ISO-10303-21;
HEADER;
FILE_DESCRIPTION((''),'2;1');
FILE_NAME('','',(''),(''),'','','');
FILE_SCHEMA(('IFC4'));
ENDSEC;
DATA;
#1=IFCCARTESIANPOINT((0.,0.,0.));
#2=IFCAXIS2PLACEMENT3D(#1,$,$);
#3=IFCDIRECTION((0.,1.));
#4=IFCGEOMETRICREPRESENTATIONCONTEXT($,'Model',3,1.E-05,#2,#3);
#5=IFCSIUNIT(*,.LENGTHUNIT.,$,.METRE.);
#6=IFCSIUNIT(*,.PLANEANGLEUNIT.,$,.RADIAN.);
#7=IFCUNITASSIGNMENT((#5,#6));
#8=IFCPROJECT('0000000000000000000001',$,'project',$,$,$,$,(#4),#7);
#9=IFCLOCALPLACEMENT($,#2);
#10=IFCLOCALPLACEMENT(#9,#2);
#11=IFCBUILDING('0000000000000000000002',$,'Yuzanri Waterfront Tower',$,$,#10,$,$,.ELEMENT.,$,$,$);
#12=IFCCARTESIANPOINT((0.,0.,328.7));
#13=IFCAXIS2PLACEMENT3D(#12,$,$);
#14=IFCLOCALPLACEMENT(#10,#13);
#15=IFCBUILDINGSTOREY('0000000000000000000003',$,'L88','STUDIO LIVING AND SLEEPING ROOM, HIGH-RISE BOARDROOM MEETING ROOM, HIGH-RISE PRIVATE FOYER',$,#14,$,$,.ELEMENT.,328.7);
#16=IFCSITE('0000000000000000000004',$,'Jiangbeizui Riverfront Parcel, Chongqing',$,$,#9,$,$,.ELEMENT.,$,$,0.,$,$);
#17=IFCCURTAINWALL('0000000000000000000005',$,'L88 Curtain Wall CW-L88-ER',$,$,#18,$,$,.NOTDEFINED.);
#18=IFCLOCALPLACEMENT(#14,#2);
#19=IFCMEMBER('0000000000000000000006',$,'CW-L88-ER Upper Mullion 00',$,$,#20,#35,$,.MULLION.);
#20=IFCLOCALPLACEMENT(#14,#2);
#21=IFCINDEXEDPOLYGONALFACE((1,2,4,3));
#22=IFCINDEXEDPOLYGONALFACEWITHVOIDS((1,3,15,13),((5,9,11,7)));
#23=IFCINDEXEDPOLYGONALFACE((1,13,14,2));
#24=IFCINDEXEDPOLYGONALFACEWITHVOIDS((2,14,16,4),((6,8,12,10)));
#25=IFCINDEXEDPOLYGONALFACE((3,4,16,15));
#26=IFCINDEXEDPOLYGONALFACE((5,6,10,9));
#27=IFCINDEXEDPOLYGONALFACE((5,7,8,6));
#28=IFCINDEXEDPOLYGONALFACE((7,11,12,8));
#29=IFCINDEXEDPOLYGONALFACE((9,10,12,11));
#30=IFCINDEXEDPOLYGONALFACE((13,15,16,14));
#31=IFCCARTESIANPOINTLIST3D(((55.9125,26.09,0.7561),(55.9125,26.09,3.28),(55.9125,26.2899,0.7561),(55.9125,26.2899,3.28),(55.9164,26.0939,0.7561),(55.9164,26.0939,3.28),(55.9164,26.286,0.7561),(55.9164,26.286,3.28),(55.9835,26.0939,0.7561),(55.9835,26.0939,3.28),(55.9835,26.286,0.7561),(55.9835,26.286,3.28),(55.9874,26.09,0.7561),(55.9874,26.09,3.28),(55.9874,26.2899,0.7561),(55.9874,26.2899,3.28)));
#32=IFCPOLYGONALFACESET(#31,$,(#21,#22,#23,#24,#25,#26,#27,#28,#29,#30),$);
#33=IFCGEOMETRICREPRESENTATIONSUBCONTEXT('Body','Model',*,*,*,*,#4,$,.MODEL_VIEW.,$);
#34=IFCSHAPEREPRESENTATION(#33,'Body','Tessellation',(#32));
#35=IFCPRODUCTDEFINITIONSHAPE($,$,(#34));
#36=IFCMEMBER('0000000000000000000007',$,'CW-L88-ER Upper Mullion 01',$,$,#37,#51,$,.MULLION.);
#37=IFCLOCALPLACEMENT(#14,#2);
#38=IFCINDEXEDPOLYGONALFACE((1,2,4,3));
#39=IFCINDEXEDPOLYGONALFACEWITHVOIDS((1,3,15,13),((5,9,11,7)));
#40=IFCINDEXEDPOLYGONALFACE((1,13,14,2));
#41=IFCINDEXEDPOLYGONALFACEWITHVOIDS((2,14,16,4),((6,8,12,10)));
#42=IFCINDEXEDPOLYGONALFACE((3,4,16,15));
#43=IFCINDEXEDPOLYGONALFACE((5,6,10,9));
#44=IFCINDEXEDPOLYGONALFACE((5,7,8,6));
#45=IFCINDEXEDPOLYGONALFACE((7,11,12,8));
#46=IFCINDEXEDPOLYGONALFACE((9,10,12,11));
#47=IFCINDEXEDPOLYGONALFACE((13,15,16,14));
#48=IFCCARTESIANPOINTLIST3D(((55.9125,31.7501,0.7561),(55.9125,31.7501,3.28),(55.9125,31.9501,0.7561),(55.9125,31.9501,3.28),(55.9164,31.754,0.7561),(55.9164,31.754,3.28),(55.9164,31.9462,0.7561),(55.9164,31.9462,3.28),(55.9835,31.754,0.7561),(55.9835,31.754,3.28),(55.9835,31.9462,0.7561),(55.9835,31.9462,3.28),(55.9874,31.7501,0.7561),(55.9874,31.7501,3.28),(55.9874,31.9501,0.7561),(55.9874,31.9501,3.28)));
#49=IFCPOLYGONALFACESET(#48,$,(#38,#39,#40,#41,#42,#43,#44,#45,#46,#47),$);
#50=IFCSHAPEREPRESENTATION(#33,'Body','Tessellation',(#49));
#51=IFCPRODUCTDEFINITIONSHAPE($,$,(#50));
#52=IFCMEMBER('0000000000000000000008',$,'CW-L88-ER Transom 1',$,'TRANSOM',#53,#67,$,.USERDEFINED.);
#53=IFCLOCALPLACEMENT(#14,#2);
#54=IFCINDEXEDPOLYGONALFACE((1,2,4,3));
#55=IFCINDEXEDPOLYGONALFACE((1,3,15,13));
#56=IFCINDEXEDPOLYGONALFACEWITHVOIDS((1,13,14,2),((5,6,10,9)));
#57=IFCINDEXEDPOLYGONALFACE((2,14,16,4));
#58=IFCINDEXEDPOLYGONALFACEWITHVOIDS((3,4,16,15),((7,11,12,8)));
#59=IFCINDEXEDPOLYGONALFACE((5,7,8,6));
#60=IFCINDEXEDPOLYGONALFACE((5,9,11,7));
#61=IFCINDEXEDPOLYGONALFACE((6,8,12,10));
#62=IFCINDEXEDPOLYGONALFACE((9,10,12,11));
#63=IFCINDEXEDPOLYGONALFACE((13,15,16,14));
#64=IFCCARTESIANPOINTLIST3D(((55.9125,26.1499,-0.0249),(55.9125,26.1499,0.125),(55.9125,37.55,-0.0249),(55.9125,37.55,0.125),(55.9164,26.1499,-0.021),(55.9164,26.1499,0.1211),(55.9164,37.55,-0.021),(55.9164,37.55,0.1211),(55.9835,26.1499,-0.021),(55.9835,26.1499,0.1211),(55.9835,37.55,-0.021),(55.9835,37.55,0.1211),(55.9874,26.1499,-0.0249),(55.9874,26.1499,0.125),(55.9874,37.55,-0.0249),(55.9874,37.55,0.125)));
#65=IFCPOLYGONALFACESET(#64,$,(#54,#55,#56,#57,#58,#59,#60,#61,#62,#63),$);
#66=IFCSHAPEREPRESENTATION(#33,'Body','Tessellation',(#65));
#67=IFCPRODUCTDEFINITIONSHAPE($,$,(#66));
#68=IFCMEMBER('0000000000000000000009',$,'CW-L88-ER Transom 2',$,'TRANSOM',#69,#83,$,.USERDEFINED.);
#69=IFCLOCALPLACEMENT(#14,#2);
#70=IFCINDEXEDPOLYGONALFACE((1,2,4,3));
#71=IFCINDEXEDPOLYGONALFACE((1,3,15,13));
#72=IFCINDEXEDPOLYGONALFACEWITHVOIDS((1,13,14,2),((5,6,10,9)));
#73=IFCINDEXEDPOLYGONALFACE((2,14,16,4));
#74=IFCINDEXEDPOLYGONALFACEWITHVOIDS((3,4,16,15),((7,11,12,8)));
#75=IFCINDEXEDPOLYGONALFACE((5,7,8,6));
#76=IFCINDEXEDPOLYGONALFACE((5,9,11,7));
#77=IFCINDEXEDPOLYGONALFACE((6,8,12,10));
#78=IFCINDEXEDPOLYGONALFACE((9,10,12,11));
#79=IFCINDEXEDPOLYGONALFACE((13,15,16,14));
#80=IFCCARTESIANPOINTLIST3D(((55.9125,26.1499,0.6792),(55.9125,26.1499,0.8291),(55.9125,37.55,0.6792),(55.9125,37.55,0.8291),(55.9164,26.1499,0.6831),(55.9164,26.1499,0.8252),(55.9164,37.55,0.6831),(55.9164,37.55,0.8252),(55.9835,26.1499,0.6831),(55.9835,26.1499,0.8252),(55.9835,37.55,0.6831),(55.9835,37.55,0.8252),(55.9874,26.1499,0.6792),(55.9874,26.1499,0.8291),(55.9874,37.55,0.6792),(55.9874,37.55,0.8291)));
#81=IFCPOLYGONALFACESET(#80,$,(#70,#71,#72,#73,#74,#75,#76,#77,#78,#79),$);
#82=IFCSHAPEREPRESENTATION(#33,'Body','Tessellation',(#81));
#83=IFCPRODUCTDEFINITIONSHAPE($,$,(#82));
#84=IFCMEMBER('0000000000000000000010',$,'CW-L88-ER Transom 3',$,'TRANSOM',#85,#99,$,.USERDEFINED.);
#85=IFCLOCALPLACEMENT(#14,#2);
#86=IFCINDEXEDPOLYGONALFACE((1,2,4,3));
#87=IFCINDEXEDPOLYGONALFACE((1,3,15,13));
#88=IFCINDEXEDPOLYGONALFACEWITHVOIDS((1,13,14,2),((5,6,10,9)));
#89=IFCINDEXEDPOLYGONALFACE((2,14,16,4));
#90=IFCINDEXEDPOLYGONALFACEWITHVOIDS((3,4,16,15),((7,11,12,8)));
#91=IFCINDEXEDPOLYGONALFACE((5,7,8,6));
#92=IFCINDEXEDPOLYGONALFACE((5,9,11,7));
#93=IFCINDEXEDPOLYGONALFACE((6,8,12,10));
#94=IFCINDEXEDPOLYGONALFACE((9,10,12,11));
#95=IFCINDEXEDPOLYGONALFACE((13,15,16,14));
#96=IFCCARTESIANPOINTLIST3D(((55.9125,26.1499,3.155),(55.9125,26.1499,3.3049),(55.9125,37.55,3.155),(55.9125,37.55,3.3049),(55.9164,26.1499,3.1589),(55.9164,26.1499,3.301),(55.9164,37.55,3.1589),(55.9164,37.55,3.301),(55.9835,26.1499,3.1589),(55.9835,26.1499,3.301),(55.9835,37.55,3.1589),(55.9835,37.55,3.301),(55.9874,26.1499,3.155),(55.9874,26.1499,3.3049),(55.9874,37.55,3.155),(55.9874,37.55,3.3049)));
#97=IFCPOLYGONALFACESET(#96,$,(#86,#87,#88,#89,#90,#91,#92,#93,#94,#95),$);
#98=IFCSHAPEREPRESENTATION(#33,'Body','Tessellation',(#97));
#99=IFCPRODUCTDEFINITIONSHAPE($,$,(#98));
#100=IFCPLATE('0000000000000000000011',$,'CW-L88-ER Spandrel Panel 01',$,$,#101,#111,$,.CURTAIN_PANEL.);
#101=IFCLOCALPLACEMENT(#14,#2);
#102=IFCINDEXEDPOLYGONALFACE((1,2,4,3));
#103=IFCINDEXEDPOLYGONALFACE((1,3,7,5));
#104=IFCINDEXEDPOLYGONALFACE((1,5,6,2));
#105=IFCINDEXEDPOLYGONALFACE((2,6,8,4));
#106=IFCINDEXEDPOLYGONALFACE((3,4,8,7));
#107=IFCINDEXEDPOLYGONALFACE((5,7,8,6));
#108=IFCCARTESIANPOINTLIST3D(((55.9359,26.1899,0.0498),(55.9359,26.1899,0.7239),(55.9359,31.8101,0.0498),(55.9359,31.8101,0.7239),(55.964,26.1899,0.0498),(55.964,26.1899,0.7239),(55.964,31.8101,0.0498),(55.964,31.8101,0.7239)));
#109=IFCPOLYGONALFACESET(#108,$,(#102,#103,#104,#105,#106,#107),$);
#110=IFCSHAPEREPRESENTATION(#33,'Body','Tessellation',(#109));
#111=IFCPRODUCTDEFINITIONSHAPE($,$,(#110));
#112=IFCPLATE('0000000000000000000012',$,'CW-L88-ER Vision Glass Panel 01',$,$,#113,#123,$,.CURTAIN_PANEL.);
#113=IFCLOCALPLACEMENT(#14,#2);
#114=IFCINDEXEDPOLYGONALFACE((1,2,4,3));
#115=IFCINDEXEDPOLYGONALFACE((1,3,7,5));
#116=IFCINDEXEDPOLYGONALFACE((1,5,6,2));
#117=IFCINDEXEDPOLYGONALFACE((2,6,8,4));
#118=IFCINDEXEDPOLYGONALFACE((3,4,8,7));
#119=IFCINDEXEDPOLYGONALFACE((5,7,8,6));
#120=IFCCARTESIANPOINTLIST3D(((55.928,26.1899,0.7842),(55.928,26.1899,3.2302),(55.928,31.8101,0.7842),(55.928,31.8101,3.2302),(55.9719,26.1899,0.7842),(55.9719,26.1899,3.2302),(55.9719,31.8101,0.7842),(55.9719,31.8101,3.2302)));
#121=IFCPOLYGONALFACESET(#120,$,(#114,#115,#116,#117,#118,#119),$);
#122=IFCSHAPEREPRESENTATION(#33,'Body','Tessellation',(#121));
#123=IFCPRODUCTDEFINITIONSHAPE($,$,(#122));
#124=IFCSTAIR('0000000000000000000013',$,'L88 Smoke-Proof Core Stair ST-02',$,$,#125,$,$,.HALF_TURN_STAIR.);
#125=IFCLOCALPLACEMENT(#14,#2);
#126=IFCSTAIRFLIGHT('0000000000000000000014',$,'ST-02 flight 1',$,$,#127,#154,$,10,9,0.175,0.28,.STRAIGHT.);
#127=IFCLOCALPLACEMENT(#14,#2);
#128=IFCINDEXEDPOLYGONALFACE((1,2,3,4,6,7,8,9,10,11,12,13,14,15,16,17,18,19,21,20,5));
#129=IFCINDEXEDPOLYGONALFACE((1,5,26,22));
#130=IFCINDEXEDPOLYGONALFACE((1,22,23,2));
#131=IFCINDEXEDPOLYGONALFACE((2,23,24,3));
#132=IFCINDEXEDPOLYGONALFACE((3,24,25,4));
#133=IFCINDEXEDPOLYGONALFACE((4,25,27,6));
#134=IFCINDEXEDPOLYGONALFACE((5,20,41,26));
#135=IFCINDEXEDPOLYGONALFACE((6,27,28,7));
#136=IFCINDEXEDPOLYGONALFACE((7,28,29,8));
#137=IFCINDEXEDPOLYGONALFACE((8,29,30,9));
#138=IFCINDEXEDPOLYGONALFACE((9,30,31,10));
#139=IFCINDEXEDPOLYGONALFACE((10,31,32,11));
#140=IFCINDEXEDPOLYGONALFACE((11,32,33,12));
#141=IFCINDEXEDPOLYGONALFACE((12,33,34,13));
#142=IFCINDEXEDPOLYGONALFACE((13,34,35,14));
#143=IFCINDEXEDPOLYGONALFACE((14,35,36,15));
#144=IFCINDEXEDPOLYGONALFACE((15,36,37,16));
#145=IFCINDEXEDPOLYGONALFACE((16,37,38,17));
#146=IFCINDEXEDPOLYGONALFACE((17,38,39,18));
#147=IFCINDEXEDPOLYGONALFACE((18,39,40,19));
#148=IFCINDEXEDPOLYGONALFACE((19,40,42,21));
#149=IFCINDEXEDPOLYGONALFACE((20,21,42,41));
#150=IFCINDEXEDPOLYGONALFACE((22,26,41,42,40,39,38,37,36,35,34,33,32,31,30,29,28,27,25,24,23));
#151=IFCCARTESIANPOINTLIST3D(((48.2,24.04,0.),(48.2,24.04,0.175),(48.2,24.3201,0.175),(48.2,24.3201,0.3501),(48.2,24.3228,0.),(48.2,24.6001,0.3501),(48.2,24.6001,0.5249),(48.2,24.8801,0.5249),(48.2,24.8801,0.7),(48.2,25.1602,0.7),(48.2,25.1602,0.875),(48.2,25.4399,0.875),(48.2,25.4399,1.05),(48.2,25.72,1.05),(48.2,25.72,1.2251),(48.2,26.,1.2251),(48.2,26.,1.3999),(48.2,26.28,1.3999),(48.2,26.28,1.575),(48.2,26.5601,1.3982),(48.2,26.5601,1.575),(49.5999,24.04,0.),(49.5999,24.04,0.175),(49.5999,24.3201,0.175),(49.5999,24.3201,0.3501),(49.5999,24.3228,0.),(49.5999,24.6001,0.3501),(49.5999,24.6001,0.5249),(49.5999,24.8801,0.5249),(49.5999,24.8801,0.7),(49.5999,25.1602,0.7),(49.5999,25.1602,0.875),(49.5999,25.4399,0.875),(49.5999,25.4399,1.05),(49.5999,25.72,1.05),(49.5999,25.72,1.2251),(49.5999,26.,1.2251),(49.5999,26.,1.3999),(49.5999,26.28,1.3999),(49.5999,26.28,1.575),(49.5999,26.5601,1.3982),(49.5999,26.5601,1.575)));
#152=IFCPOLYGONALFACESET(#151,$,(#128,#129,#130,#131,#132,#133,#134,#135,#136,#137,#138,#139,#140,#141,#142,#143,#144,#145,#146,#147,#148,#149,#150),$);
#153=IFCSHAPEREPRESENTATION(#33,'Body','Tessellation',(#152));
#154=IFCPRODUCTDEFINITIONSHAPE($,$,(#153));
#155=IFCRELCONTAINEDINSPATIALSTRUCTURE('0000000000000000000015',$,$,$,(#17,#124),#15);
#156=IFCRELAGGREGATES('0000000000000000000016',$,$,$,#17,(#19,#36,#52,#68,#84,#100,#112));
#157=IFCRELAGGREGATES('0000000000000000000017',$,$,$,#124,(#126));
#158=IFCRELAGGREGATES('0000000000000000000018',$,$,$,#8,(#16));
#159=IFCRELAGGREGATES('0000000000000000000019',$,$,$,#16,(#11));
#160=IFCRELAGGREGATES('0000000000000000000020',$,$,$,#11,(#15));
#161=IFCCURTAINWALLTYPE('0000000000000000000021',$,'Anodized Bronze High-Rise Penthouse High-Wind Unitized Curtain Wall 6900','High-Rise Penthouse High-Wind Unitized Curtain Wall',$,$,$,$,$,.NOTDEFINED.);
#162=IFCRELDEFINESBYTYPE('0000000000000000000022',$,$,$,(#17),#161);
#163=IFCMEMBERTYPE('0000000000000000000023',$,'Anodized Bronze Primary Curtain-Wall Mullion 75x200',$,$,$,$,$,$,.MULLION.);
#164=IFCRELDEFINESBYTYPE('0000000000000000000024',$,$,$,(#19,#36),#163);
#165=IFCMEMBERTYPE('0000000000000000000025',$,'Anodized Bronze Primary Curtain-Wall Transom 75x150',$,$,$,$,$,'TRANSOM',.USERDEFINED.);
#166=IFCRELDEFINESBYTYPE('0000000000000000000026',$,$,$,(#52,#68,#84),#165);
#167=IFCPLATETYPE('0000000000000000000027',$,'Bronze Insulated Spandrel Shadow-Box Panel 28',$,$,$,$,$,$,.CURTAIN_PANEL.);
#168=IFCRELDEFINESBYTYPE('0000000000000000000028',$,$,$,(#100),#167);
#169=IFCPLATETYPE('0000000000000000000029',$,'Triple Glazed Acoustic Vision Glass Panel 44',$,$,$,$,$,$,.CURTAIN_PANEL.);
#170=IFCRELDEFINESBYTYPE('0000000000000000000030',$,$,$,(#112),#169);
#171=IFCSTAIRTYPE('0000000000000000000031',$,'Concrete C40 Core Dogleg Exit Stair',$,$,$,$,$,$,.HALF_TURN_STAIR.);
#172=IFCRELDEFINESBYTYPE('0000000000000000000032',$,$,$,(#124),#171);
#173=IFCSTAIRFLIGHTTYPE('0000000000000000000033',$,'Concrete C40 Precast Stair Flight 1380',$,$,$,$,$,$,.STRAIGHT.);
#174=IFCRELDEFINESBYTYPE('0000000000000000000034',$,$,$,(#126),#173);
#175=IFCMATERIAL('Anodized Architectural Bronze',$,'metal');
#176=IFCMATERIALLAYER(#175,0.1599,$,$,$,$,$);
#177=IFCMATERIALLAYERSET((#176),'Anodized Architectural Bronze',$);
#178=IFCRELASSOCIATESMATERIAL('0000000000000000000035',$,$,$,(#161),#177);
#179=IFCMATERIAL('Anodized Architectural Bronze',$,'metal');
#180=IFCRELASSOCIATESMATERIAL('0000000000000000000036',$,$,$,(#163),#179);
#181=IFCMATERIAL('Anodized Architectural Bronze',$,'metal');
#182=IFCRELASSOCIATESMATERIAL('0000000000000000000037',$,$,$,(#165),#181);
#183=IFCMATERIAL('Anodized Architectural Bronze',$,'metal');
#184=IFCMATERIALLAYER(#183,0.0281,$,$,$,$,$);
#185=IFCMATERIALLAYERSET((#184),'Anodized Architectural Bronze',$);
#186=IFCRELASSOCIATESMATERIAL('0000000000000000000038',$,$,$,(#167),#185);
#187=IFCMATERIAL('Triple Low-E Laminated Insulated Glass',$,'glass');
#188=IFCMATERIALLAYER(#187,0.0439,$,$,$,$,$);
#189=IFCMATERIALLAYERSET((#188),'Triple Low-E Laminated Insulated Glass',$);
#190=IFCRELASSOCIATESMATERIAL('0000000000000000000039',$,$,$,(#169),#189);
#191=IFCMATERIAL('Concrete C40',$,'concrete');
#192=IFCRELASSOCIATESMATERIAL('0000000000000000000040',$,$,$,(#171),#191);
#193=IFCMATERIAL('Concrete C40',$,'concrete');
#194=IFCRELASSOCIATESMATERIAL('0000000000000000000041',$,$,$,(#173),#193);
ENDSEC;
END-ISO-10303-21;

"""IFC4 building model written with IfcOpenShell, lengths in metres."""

from ifc_helpers import new_model, si_unit, direction, frame, origin, origin_2d, place, context, subcontext, project, spatial, polyline, rectangle, hollow_rectangle, outline, extrude, source, transform, mapped, material, layer, layer_set, material_profile, profile_set, type_object, element, aggregate, save


model = new_model("IFC4")

# Units and contexts
model_context = context("Model", 3, precision=1e-05, world=origin(), true_north=direction((0.0, 1.0)))
body_context = subcontext(model_context, "Body", "Model", "MODEL_VIEW")
ifc_project = project(units=[si_unit("LENGTHUNIT", "METRE"), si_unit("PLANEANGLEUNIT", "RADIAN")], contexts=[model_context])

# Site, building, storey
site_placement = place(None, origin())
site = spatial("IfcSite", under=ifc_project, at=site_placement, Name="Jiangbeizui Riverfront Parcel, Chongqing", CompositionType="ELEMENT", RefElevation=0.0)
building_placement = place(site_placement, origin())
building = spatial("IfcBuilding", under=site, at=building_placement, Name="Yuzanri Waterfront Tower", CompositionType="ELEMENT")
storey_placement = place(building_placement, frame((0.0, 0.0, 328.7)))
storey = spatial("IfcBuildingStorey", under=building, at=storey_placement, Name="L88", Description="STUDIO LIVING AND SLEEPING ROOM, HIGH-RISE BOARDROOM MEETING ROOM, HIGH-RISE PRIVATE FOYER", CompositionType="ELEMENT", Elevation=328.7)

# Shared definitions
ifc_material_1 = material(Name="Anodized Architectural Bronze", Category="metal")
ifc_layer_1 = layer(ifc_material_1, 0.1599)
ifc_layer_set_1 = layer_set([ifc_layer_1], Name="Anodized Architectural Bronze")
curtain_wall_type = type_object("IfcCurtainWallType", Name="Anodized Bronze High-Rise Penthouse High-Wind Unitized Curtain Wall 6900", Description="High-Rise Penthouse High-Wind Unitized Curtain Wall", PredefinedType="NOTDEFINED", material=ifc_layer_set_1)
ifc_material_2 = material(Name="Anodized Architectural Bronze", Category="metal")
ifc_material_profile_1 = material_profile(ifc_material_2, hollow_rectangle(XDim=0.075, YDim=0.2, WallThickness=0.0039, at=origin_2d()), Name="CWM 75x200")
ifc_profile_set_1 = profile_set([ifc_material_profile_1], Name="Anodized Architectural Bronze")
member_type_1 = type_object("IfcMemberType", Name="Anodized Bronze Primary Curtain-Wall Mullion 75x200", PredefinedType="MULLION", material=ifc_profile_set_1)

# Curtain wall
curtain_wall_1_placement = place(storey_placement, origin())
curtain_wall_1 = element("IfcCurtainWall", 1, at=curtain_wall_1_placement, inside=storey, type_object=curtain_wall_type, Name="L88 Curtain Wall CW-L88-ER", PredefinedType="NOTDEFINED")

# Members
shared_shape_1 = source(origin(), body_context, "Body", "SweptSolid", [
    extrude(hollow_rectangle(XDim=0.075, YDim=0.2, WallThickness=0.0039, at=origin_2d()), origin(), (0.0, 0.0, 1.0), 2.5239),
])
member_1_placement = place(storey_placement, frame((55.95, 26.1899, 0.7561), z_axis=(0.0, 0.0, 1.0), x_axis=(1.0, 0.0, 0.0)))
member_1 = element("IfcMember", 2, at=member_1_placement, type_object=member_type_1, Name="CW-L88-ER Upper Mullion 00", PredefinedType="MULLION", context=body_context, shape_type="MappedRepresentation", body=[
    mapped(shared_shape_1, transform((0.0, 0.0, 0.0), scale=1.0)),
])
member_2_placement = place(storey_placement, frame((55.95, 31.8501, 0.7561), z_axis=(0.0, 0.0, 1.0), x_axis=(1.0, 0.0, 0.0)))
member_2 = element("IfcMember", 3, at=member_2_placement, type_object=member_type_1, Name="CW-L88-ER Upper Mullion 01", PredefinedType="MULLION", context=body_context, shape_type="MappedRepresentation", body=[
    mapped(shared_shape_1, transform((0.0, 0.0, 0.0), scale=1.0)),
])
ifc_material_3 = material(Name="Anodized Architectural Bronze", Category="metal")
ifc_material_profile_2 = material_profile(ifc_material_3, hollow_rectangle(XDim=0.075, YDim=0.1499, WallThickness=0.0039, at=origin_2d()), Name="CWT 75x150")
ifc_profile_set_2 = profile_set([ifc_material_profile_2], Name="Anodized Architectural Bronze")
member_type_2 = type_object("IfcMemberType", Name="Anodized Bronze Primary Curtain-Wall Transom 75x150", ElementType="TRANSOM", PredefinedType="USERDEFINED", material=ifc_profile_set_2)
shared_shape_2 = source(origin(), body_context, "Body", "SweptSolid", [
    extrude(hollow_rectangle(XDim=0.075, YDim=0.1499, WallThickness=0.0039, at=origin_2d()), origin(), (0.0, 0.0, 1.0), 11.4001),
])
member_3_placement = place(storey_placement, frame((55.95, 26.1499, 0.05), z_axis=(0.0, 1.0, 0.0), x_axis=(-1.0, 0.0, 0.0)))
member_3 = element("IfcMember", 4, at=member_3_placement, type_object=member_type_2, Name="CW-L88-ER Transom 1", ObjectType="TRANSOM", PredefinedType="USERDEFINED", context=body_context, shape_type="MappedRepresentation", body=[
    mapped(shared_shape_2, transform((0.0, 0.0, 0.0), scale=1.0)),
])
member_4_placement = place(storey_placement, frame((55.95, 26.1499, 0.7542), z_axis=(0.0, 1.0, 0.0), x_axis=(-1.0, 0.0, 0.0)))
member_4 = element("IfcMember", 5, at=member_4_placement, type_object=member_type_2, Name="CW-L88-ER Transom 2", ObjectType="TRANSOM", PredefinedType="USERDEFINED", context=body_context, shape_type="MappedRepresentation", body=[
    mapped(shared_shape_2, transform((0.0, 0.0, 0.0), scale=1.0)),
])
member_5_placement = place(storey_placement, frame((55.95, 26.1499, 3.23), z_axis=(0.0, 1.0, 0.0), x_axis=(-1.0, 0.0, 0.0)))
member_5 = element("IfcMember", 6, at=member_5_placement, type_object=member_type_2, Name="CW-L88-ER Transom 3", ObjectType="TRANSOM", PredefinedType="USERDEFINED", context=body_context, shape_type="MappedRepresentation", body=[
    mapped(shared_shape_2, transform((0.0, 0.0, 0.0), scale=1.0)),
])

# Plates
ifc_material_4 = material(Name="Anodized Architectural Bronze", Category="metal")
ifc_layer_2 = layer(ifc_material_4, 0.0281)
ifc_layer_set_2 = layer_set([ifc_layer_2], Name="Anodized Architectural Bronze")
plate_type_1 = type_object("IfcPlateType", Name="Bronze Insulated Spandrel Shadow-Box Panel 28", PredefinedType="CURTAIN_PANEL", material=ifc_layer_set_2)
shared_shape_3 = source(origin(), body_context, "Body", "SweptSolid", [
    extrude(rectangle(XDim=5.6201, YDim=0.0281, at=origin_2d()), origin(), (0.0, 0.0, 1.0), 0.6741),
])
plate_1_placement = place(storey_placement, frame((55.95, 29.0, 0.0498), z_axis=(0.0, 0.0, 1.0), x_axis=(0.0, 1.0, 0.0)))
plate_1 = element("IfcPlate", 7, at=plate_1_placement, type_object=plate_type_1, Name="CW-L88-ER Spandrel Panel 01", PredefinedType="CURTAIN_PANEL", context=body_context, shape_type="MappedRepresentation", body=[
    mapped(shared_shape_3, transform((0.0, 0.0, 0.0), scale=1.0)),
])
ifc_material_5 = material(Name="Triple Low-E Laminated Insulated Glass", Category="glass")
ifc_layer_3 = layer(ifc_material_5, 0.0439)
ifc_layer_set_3 = layer_set([ifc_layer_3], Name="Triple Low-E Laminated Insulated Glass")
plate_type_2 = type_object("IfcPlateType", Name="Triple Glazed Acoustic Vision Glass Panel 44", PredefinedType="CURTAIN_PANEL", material=ifc_layer_set_3)
shared_shape_4 = source(origin(), body_context, "Body", "SweptSolid", [
    extrude(rectangle(XDim=5.6201, YDim=0.0439, at=origin_2d()), origin(), (0.0, 0.0, 1.0), 2.446),
])
plate_2_placement = place(storey_placement, frame((55.95, 29.0, 0.7842), z_axis=(0.0, 0.0, 1.0), x_axis=(0.0, 1.0, 0.0)))
plate_2 = element("IfcPlate", 8, at=plate_2_placement, type_object=plate_type_2, Name="CW-L88-ER Vision Glass Panel 01", PredefinedType="CURTAIN_PANEL", context=body_context, shape_type="MappedRepresentation", body=[
    mapped(shared_shape_4, transform((0.0, 0.0, 0.0), scale=1.0)),
])
aggregate(curtain_wall_1, [member_1, member_2, member_3, member_4, member_5, plate_1, plate_2])

# Stair, stair flight
ifc_material_6 = material(Name="Concrete C40", Category="concrete")
stair_type = type_object("IfcStairType", Name="Concrete C40 Core Dogleg Exit Stair", PredefinedType="HALF_TURN_STAIR", material=ifc_material_6)
stair_placement = place(storey_placement, origin())
stair = element("IfcStair", 9, at=stair_placement, inside=storey, type_object=stair_type, Name="L88 Smoke-Proof Core Stair ST-02", PredefinedType="HALF_TURN_STAIR")
ifc_material_7 = material(Name="Concrete C40", Category="concrete")
stair_flight_type = type_object("IfcStairFlightType", Name="Concrete C40 Precast Stair Flight 1380", PredefinedType="STRAIGHT", material=ifc_material_7)
shared_shape_5 = source(origin(), body_context, "Body", "SweptSolid", [
    extrude(outline(polyline([(0.0, 0.0), (0.0, 0.175), (0.28, 0.175), (0.28, 0.3501), (0.5601, 0.3501), (0.5601, 0.5249), (0.8401, 0.5249), (0.8401, 0.7), (1.1201, 0.7), (1.1201, 0.875), (1.3999, 0.875), (1.3999, 1.05), (1.6799, 1.05), (1.6799, 1.2251), (1.96, 1.2251), (1.96, 1.3999), (2.24, 1.3999), (2.24, 1.575), (2.52, 1.575), (2.52, 1.75), (2.52, 1.3982), (0.2827, 0.0), (0.0, 0.0)])), frame((0.0, 0.7, 0.0), z_axis=(0.0, -1.0, 0.0), x_axis=(1.0, 0.0, 0.0)), (0.0, 0.0, 1.0), 1.3999),
])
stair_flight_placement = place(storey_placement, frame((48.8999, 24.04, 0.0), z_axis=(0.0, 0.0, 1.0), x_axis=(0.0, 1.0, 0.0)))
stair_flight = element("IfcStairFlight", 10, at=stair_flight_placement, type_object=stair_flight_type, Name="ST-02 flight 1", NumberOfRisers=10, NumberOfTreads=9, PredefinedType="STRAIGHT", RiserHeight=0.175, TreadLength=0.28, context=body_context, shape_type="MappedRepresentation", body=[
    mapped(shared_shape_5, transform((0.0, 0.0, 0.0), scale=1.0)),
])
aggregate(stair, [stair_flight])

save(model, "model.ifc")
